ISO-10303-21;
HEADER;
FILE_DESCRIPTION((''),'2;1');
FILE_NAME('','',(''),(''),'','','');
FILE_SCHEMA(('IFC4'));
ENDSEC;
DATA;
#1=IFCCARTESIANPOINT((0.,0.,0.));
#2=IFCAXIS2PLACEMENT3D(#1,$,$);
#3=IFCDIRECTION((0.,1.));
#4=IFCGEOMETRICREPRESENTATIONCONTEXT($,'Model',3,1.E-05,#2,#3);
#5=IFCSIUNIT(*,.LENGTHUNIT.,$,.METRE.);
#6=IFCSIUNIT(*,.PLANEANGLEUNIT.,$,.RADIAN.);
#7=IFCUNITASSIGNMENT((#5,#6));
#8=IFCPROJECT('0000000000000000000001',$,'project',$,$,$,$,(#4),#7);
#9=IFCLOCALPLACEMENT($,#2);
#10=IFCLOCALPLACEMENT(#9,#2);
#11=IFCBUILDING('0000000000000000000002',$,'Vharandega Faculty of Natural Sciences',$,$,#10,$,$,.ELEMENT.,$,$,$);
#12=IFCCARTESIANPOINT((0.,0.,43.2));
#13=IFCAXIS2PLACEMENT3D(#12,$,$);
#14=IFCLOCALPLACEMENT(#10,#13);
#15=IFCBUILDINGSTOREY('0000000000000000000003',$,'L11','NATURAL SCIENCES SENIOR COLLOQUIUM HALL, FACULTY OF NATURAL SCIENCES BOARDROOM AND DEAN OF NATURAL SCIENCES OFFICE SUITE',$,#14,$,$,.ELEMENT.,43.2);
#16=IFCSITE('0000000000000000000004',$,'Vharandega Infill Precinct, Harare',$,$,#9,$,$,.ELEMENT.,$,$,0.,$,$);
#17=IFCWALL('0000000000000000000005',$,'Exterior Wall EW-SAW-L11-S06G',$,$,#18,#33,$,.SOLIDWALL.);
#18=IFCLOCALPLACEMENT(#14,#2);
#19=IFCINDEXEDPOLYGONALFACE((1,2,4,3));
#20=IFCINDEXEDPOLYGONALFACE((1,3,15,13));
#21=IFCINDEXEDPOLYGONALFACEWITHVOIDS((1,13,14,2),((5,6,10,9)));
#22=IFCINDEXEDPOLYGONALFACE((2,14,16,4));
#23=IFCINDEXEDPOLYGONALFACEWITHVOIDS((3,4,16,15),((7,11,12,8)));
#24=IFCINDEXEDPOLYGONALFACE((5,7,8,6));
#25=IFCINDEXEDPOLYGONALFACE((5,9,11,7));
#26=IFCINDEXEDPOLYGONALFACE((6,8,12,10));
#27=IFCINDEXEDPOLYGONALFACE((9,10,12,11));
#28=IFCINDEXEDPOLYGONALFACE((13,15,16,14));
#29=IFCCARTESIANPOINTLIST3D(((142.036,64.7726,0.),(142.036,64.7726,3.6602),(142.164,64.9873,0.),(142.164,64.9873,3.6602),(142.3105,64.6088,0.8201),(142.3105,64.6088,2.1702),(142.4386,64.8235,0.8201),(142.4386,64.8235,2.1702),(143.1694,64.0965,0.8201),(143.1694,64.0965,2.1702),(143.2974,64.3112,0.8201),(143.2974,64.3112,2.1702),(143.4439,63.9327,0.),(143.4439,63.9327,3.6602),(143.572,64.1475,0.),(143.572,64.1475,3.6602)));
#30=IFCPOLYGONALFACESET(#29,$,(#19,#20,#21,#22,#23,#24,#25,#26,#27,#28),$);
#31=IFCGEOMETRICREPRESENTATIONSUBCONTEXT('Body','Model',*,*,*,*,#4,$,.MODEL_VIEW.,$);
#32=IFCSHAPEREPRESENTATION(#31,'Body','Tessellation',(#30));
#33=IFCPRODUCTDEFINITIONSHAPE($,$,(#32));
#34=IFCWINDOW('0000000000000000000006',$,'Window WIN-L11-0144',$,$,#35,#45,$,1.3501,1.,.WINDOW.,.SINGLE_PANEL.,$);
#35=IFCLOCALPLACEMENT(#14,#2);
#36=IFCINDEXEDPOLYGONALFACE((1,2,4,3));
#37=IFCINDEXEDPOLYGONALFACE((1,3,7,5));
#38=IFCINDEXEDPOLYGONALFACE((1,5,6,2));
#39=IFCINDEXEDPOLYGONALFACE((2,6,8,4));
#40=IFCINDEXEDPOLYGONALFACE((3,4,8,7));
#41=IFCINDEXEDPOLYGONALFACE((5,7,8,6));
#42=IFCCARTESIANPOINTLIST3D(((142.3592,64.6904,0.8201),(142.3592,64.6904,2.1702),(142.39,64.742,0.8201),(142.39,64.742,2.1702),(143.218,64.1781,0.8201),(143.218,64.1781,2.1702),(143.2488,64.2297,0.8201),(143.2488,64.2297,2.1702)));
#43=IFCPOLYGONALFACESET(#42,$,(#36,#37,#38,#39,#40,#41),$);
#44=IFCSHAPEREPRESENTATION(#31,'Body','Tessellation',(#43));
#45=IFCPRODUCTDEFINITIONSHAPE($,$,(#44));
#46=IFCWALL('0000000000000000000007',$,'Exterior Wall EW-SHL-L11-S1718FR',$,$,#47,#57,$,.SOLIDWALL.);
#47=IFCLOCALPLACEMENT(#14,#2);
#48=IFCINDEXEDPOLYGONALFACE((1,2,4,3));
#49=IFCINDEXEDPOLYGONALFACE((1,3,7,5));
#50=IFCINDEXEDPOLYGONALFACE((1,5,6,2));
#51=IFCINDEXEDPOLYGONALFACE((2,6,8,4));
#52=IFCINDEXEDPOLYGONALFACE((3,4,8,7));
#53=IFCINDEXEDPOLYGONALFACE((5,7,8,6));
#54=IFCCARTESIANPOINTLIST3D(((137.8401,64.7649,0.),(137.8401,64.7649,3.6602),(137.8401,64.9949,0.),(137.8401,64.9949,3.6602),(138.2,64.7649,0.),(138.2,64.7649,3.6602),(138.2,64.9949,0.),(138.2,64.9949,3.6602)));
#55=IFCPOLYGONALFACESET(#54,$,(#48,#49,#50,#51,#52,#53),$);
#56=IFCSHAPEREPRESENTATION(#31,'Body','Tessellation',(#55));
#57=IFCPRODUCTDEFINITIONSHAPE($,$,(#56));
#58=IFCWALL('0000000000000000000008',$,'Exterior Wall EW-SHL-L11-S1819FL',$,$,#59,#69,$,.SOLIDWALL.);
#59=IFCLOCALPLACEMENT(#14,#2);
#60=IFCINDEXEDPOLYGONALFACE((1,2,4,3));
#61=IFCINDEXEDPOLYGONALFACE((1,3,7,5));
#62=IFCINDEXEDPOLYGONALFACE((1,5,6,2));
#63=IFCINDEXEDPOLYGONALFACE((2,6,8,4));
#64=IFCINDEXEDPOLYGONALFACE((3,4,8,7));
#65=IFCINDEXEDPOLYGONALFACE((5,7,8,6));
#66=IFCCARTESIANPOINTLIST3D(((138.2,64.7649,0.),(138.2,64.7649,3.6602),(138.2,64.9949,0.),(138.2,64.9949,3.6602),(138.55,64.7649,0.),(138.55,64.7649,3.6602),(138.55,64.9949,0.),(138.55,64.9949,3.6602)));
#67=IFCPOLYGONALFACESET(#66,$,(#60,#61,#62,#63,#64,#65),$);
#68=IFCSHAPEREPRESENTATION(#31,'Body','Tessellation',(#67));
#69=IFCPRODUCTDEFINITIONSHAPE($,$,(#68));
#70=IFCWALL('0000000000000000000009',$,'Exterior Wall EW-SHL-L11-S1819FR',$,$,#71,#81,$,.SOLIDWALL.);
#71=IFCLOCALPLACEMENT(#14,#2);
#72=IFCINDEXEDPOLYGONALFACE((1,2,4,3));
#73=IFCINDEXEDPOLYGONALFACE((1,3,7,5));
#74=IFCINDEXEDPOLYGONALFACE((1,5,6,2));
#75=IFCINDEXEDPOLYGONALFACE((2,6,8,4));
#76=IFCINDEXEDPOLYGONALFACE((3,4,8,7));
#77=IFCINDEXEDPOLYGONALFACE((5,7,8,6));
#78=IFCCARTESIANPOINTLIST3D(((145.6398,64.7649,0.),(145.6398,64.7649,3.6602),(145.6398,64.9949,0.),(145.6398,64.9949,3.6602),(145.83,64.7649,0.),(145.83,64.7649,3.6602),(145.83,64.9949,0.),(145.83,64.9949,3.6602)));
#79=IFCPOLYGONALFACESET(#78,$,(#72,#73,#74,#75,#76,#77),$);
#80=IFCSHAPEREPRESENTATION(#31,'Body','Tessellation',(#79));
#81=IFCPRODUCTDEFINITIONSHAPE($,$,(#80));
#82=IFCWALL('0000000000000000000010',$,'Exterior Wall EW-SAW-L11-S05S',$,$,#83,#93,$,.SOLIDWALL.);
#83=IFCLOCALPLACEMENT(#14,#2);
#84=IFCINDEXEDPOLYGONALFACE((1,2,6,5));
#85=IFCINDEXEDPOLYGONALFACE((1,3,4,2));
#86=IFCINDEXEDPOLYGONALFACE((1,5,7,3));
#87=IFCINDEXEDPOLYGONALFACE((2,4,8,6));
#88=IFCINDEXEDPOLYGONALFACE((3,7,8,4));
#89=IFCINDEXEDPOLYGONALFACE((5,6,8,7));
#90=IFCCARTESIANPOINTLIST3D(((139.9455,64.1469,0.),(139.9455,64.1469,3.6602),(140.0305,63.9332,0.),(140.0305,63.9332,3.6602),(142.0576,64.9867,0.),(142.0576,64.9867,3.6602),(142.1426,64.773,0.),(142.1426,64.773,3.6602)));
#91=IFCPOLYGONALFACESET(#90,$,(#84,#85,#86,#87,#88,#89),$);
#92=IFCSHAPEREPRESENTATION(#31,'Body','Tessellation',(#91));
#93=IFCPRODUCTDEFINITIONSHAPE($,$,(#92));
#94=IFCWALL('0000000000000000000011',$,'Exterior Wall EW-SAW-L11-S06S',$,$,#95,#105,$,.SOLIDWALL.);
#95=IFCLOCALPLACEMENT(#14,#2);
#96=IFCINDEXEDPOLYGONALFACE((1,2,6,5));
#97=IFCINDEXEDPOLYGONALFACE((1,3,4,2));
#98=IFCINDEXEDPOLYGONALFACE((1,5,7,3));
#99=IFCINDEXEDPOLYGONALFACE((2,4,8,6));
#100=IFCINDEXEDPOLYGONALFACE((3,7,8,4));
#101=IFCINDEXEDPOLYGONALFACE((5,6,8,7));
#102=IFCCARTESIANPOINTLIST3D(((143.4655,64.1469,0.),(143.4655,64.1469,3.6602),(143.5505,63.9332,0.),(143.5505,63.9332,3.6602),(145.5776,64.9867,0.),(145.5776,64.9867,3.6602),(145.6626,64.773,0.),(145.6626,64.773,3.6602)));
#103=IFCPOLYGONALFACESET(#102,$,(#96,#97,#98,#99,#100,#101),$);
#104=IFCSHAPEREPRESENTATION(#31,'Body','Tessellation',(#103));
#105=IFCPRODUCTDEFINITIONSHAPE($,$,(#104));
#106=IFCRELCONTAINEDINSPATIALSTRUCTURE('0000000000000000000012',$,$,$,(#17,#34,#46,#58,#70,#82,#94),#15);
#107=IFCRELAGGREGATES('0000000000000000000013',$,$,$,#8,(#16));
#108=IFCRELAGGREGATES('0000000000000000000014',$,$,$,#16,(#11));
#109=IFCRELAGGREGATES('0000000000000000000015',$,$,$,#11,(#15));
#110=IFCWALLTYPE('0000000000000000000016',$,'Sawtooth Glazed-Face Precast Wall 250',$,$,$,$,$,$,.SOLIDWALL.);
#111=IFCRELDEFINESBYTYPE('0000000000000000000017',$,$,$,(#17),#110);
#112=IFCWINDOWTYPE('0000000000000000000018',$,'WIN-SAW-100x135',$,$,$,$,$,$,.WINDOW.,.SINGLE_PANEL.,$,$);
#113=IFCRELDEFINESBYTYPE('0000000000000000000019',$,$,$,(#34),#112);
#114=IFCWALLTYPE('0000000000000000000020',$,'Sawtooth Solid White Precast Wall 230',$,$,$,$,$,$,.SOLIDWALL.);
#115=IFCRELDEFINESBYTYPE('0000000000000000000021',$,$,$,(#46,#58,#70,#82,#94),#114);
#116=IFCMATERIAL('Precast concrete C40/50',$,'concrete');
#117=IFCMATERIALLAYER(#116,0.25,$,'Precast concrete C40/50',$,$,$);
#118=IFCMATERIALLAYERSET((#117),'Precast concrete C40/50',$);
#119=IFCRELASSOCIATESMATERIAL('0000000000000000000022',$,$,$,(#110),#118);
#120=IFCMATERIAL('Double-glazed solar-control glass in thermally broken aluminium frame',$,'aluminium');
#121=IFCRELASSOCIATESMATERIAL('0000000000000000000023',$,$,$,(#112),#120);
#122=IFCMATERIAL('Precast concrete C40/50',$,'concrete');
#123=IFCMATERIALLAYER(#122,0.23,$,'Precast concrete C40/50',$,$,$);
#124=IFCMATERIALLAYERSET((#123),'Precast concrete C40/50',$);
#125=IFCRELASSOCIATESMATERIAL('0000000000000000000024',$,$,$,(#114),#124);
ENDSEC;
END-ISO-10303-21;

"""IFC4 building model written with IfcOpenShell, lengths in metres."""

from ifc_helpers import new_model, si_unit, direction, frame, frame_2d, origin, place, context, subcontext, project, spatial, rectangle, extrude, material, layer, layer_set, type_object, element, fill, save


model = new_model("IFC4")

# Units and contexts
model_context = context("Model", 3, precision=1e-05, world=origin(), true_north=direction((0.0, 1.0)))
body_context = subcontext(model_context, "Body", "Model", "MODEL_VIEW")
ifc_project = project(units=[si_unit("LENGTHUNIT", "METRE"), si_unit("PLANEANGLEUNIT", "RADIAN")], contexts=[model_context])

# Site, building, storey
site_placement = place(None, origin())
site = spatial("IfcSite", under=ifc_project, at=site_placement, Name="Vharandega Infill Precinct, Harare", CompositionType="ELEMENT", RefElevation=0.0)
building_placement = place(site_placement, origin())
building = spatial("IfcBuilding", under=site, at=building_placement, Name="Vharandega Faculty of Natural Sciences", CompositionType="ELEMENT")
storey_placement = place(building_placement, frame((0.0, 0.0, 43.2)))
storey = spatial("IfcBuildingStorey", under=building, at=storey_placement, Name="L11", Description="NATURAL SCIENCES SENIOR COLLOQUIUM HALL, FACULTY OF NATURAL SCIENCES BOARDROOM AND DEAN OF NATURAL SCIENCES OFFICE SUITE", CompositionType="ELEMENT", Elevation=43.2)

# Wall, opening, window
ifc_material_1 = material(Name="Precast concrete C40/50", Category="concrete")
ifc_layer_1 = layer(ifc_material_1, 0.25, Name="Precast concrete C40/50")
ifc_layer_set_1 = layer_set([ifc_layer_1], Name="Precast concrete C40/50")
wall_type_1 = type_object("IfcWallType", Name="Sawtooth Glazed-Face Precast Wall 250", PredefinedType="SOLIDWALL", material=ifc_layer_set_1)
wall_1_placement = place(storey_placement, frame((143.5081, 64.04, 0.0), z_axis=(0.0, 0.0, 1.0), x_axis=(-0.858817, 0.512282, 0.0)))
wall_1 = element("IfcWall", 1, at=wall_1_placement, inside=storey, type_object=wall_type_1, Name="Exterior Wall EW-SAW-L11-S06G", PredefinedType="SOLIDWALL", context=body_context, shape_type="SweptSolid", body=[
    extrude(rectangle(XDim=1.6394, YDim=0.25, at=frame_2d((0.8198, 0.0))), origin(), (0.0, 0.0, 1.0), 3.6602),
])
opening_1_placement = place(wall_1_placement, frame((0.3198, 0.0, 0.8201)))
opening_1 = element("IfcOpeningElement", 2, at=opening_1_placement, cuts=wall_1, PredefinedType="OPENING", context=body_context, shape_type="SweptSolid", body=[
    extrude(rectangle(XDim=1.0, YDim=1.3501, at=frame_2d((0.5, 0.675))), frame((0.0, 0.135, 0.0), z_axis=(0.0, -1.0, 0.0), x_axis=(1.0, 0.0, 0.0)), (0.0, 0.0, 1.0), 0.27),
])
ifc_material_2 = material(Name="Double-glazed solar-control glass in thermally broken aluminium frame", Category="aluminium")
window_type_1 = type_object("IfcWindowType", Name="WIN-SAW-100x135", PartitioningType="SINGLE_PANEL", PredefinedType="WINDOW", material=ifc_material_2)
window_1_placement = place(opening_1_placement, origin())
window_1 = element("IfcWindow", 3, at=window_1_placement, inside=storey, type_object=window_type_1, Name="Window WIN-L11-0144", OverallHeight=1.3501, OverallWidth=1.0, PartitioningType="SINGLE_PANEL", PredefinedType="WINDOW", context=body_context, shape_type="SweptSolid", body=[
    extrude(rectangle(XDim=1.0, YDim=1.3501, at=frame_2d((0.5, 0.675))), frame((0.0, 0.03, 0.0), z_axis=(0.0, -1.0, 0.0), x_axis=(1.0, 0.0, 0.0)), (0.0, 0.0, 1.0), 0.0601),
])
fill(opening_1, window_1)

# Walls
ifc_material_3 = material(Name="Precast concrete C40/50", Category="concrete")
ifc_layer_2 = layer(ifc_material_3, 0.23, Name="Precast concrete C40/50")
ifc_layer_set_2 = layer_set([ifc_layer_2], Name="Precast concrete C40/50")
wall_type_2 = type_object("IfcWallType", Name="Sawtooth Solid White Precast Wall 230", PredefinedType="SOLIDWALL", material=ifc_layer_set_2)
wall_2_placement = place(storey_placement, frame((138.2, 64.8799, 0.0), z_axis=(0.0, 0.0, 1.0), x_axis=(-1.0, 0.0, 0.0)))
element("IfcWall", 4, at=wall_2_placement, inside=storey, type_object=wall_type_2, Name="Exterior Wall EW-SHL-L11-S1718FR", PredefinedType="SOLIDWALL", context=body_context, shape_type="SweptSolid", body=[
    extrude(rectangle(XDim=0.3599, YDim=0.23, at=frame_2d((0.1799, 0.0))), origin(), (0.0, 0.0, 1.0), 3.6602),
])
wall_3_placement = place(storey_placement, frame((138.55, 64.8799, 0.0), z_axis=(0.0, 0.0, 1.0), x_axis=(-1.0, 0.0, 0.0)))
element("IfcWall", 5, at=wall_3_placement, inside=storey, type_object=wall_type_2, Name="Exterior Wall EW-SHL-L11-S1819FL", PredefinedType="SOLIDWALL", context=body_context, shape_type="SweptSolid", body=[
    extrude(rectangle(XDim=0.3501, YDim=0.23, at=frame_2d((0.175, 0.0))), origin(), (0.0, 0.0, 1.0), 3.6602),
])
wall_4_placement = place(storey_placement, frame((145.8301, 64.8799, 0.0), z_axis=(0.0, 0.0, 1.0), x_axis=(-1.0, 0.0, 0.0)))
element("IfcWall", 6, at=wall_4_placement, inside=storey, type_object=wall_type_2, Name="Exterior Wall EW-SHL-L11-S1819FR", PredefinedType="SOLIDWALL", context=body_context, shape_type="SweptSolid", body=[
    extrude(rectangle(XDim=0.1902, YDim=0.23, at=frame_2d((0.0952, 0.0))), origin(), (0.0, 0.0, 1.0), 3.6602),
])
for number, where, z_axis, x_axis, name in (
    (7, (142.1001, 64.8799, 0.0), (0.0, 0.0, 1.0), (-0.92923, -0.369501, 0.0), "Exterior Wall EW-SAW-L11-S05S"),
    (8, (145.6201, 64.8799, 0.0), (0.0, 0.0, 1.0), (-0.92923, -0.369501, 0.0), "Exterior Wall EW-SAW-L11-S06S"),
):
    element("IfcWall", number, at=place(storey_placement, frame(where, z_axis=z_axis, x_axis=x_axis)), inside=storey, type_object=wall_type_2, Name=name, PredefinedType="SOLIDWALL", context=body_context, shape_type="SweptSolid", body=[
        extrude(rectangle(XDim=2.2729, YDim=0.23, at=frame_2d((1.1365, 0.0))), origin(), (0.0, 0.0, 1.0), 3.6602),
    ])

save(model, "model.ifc")
